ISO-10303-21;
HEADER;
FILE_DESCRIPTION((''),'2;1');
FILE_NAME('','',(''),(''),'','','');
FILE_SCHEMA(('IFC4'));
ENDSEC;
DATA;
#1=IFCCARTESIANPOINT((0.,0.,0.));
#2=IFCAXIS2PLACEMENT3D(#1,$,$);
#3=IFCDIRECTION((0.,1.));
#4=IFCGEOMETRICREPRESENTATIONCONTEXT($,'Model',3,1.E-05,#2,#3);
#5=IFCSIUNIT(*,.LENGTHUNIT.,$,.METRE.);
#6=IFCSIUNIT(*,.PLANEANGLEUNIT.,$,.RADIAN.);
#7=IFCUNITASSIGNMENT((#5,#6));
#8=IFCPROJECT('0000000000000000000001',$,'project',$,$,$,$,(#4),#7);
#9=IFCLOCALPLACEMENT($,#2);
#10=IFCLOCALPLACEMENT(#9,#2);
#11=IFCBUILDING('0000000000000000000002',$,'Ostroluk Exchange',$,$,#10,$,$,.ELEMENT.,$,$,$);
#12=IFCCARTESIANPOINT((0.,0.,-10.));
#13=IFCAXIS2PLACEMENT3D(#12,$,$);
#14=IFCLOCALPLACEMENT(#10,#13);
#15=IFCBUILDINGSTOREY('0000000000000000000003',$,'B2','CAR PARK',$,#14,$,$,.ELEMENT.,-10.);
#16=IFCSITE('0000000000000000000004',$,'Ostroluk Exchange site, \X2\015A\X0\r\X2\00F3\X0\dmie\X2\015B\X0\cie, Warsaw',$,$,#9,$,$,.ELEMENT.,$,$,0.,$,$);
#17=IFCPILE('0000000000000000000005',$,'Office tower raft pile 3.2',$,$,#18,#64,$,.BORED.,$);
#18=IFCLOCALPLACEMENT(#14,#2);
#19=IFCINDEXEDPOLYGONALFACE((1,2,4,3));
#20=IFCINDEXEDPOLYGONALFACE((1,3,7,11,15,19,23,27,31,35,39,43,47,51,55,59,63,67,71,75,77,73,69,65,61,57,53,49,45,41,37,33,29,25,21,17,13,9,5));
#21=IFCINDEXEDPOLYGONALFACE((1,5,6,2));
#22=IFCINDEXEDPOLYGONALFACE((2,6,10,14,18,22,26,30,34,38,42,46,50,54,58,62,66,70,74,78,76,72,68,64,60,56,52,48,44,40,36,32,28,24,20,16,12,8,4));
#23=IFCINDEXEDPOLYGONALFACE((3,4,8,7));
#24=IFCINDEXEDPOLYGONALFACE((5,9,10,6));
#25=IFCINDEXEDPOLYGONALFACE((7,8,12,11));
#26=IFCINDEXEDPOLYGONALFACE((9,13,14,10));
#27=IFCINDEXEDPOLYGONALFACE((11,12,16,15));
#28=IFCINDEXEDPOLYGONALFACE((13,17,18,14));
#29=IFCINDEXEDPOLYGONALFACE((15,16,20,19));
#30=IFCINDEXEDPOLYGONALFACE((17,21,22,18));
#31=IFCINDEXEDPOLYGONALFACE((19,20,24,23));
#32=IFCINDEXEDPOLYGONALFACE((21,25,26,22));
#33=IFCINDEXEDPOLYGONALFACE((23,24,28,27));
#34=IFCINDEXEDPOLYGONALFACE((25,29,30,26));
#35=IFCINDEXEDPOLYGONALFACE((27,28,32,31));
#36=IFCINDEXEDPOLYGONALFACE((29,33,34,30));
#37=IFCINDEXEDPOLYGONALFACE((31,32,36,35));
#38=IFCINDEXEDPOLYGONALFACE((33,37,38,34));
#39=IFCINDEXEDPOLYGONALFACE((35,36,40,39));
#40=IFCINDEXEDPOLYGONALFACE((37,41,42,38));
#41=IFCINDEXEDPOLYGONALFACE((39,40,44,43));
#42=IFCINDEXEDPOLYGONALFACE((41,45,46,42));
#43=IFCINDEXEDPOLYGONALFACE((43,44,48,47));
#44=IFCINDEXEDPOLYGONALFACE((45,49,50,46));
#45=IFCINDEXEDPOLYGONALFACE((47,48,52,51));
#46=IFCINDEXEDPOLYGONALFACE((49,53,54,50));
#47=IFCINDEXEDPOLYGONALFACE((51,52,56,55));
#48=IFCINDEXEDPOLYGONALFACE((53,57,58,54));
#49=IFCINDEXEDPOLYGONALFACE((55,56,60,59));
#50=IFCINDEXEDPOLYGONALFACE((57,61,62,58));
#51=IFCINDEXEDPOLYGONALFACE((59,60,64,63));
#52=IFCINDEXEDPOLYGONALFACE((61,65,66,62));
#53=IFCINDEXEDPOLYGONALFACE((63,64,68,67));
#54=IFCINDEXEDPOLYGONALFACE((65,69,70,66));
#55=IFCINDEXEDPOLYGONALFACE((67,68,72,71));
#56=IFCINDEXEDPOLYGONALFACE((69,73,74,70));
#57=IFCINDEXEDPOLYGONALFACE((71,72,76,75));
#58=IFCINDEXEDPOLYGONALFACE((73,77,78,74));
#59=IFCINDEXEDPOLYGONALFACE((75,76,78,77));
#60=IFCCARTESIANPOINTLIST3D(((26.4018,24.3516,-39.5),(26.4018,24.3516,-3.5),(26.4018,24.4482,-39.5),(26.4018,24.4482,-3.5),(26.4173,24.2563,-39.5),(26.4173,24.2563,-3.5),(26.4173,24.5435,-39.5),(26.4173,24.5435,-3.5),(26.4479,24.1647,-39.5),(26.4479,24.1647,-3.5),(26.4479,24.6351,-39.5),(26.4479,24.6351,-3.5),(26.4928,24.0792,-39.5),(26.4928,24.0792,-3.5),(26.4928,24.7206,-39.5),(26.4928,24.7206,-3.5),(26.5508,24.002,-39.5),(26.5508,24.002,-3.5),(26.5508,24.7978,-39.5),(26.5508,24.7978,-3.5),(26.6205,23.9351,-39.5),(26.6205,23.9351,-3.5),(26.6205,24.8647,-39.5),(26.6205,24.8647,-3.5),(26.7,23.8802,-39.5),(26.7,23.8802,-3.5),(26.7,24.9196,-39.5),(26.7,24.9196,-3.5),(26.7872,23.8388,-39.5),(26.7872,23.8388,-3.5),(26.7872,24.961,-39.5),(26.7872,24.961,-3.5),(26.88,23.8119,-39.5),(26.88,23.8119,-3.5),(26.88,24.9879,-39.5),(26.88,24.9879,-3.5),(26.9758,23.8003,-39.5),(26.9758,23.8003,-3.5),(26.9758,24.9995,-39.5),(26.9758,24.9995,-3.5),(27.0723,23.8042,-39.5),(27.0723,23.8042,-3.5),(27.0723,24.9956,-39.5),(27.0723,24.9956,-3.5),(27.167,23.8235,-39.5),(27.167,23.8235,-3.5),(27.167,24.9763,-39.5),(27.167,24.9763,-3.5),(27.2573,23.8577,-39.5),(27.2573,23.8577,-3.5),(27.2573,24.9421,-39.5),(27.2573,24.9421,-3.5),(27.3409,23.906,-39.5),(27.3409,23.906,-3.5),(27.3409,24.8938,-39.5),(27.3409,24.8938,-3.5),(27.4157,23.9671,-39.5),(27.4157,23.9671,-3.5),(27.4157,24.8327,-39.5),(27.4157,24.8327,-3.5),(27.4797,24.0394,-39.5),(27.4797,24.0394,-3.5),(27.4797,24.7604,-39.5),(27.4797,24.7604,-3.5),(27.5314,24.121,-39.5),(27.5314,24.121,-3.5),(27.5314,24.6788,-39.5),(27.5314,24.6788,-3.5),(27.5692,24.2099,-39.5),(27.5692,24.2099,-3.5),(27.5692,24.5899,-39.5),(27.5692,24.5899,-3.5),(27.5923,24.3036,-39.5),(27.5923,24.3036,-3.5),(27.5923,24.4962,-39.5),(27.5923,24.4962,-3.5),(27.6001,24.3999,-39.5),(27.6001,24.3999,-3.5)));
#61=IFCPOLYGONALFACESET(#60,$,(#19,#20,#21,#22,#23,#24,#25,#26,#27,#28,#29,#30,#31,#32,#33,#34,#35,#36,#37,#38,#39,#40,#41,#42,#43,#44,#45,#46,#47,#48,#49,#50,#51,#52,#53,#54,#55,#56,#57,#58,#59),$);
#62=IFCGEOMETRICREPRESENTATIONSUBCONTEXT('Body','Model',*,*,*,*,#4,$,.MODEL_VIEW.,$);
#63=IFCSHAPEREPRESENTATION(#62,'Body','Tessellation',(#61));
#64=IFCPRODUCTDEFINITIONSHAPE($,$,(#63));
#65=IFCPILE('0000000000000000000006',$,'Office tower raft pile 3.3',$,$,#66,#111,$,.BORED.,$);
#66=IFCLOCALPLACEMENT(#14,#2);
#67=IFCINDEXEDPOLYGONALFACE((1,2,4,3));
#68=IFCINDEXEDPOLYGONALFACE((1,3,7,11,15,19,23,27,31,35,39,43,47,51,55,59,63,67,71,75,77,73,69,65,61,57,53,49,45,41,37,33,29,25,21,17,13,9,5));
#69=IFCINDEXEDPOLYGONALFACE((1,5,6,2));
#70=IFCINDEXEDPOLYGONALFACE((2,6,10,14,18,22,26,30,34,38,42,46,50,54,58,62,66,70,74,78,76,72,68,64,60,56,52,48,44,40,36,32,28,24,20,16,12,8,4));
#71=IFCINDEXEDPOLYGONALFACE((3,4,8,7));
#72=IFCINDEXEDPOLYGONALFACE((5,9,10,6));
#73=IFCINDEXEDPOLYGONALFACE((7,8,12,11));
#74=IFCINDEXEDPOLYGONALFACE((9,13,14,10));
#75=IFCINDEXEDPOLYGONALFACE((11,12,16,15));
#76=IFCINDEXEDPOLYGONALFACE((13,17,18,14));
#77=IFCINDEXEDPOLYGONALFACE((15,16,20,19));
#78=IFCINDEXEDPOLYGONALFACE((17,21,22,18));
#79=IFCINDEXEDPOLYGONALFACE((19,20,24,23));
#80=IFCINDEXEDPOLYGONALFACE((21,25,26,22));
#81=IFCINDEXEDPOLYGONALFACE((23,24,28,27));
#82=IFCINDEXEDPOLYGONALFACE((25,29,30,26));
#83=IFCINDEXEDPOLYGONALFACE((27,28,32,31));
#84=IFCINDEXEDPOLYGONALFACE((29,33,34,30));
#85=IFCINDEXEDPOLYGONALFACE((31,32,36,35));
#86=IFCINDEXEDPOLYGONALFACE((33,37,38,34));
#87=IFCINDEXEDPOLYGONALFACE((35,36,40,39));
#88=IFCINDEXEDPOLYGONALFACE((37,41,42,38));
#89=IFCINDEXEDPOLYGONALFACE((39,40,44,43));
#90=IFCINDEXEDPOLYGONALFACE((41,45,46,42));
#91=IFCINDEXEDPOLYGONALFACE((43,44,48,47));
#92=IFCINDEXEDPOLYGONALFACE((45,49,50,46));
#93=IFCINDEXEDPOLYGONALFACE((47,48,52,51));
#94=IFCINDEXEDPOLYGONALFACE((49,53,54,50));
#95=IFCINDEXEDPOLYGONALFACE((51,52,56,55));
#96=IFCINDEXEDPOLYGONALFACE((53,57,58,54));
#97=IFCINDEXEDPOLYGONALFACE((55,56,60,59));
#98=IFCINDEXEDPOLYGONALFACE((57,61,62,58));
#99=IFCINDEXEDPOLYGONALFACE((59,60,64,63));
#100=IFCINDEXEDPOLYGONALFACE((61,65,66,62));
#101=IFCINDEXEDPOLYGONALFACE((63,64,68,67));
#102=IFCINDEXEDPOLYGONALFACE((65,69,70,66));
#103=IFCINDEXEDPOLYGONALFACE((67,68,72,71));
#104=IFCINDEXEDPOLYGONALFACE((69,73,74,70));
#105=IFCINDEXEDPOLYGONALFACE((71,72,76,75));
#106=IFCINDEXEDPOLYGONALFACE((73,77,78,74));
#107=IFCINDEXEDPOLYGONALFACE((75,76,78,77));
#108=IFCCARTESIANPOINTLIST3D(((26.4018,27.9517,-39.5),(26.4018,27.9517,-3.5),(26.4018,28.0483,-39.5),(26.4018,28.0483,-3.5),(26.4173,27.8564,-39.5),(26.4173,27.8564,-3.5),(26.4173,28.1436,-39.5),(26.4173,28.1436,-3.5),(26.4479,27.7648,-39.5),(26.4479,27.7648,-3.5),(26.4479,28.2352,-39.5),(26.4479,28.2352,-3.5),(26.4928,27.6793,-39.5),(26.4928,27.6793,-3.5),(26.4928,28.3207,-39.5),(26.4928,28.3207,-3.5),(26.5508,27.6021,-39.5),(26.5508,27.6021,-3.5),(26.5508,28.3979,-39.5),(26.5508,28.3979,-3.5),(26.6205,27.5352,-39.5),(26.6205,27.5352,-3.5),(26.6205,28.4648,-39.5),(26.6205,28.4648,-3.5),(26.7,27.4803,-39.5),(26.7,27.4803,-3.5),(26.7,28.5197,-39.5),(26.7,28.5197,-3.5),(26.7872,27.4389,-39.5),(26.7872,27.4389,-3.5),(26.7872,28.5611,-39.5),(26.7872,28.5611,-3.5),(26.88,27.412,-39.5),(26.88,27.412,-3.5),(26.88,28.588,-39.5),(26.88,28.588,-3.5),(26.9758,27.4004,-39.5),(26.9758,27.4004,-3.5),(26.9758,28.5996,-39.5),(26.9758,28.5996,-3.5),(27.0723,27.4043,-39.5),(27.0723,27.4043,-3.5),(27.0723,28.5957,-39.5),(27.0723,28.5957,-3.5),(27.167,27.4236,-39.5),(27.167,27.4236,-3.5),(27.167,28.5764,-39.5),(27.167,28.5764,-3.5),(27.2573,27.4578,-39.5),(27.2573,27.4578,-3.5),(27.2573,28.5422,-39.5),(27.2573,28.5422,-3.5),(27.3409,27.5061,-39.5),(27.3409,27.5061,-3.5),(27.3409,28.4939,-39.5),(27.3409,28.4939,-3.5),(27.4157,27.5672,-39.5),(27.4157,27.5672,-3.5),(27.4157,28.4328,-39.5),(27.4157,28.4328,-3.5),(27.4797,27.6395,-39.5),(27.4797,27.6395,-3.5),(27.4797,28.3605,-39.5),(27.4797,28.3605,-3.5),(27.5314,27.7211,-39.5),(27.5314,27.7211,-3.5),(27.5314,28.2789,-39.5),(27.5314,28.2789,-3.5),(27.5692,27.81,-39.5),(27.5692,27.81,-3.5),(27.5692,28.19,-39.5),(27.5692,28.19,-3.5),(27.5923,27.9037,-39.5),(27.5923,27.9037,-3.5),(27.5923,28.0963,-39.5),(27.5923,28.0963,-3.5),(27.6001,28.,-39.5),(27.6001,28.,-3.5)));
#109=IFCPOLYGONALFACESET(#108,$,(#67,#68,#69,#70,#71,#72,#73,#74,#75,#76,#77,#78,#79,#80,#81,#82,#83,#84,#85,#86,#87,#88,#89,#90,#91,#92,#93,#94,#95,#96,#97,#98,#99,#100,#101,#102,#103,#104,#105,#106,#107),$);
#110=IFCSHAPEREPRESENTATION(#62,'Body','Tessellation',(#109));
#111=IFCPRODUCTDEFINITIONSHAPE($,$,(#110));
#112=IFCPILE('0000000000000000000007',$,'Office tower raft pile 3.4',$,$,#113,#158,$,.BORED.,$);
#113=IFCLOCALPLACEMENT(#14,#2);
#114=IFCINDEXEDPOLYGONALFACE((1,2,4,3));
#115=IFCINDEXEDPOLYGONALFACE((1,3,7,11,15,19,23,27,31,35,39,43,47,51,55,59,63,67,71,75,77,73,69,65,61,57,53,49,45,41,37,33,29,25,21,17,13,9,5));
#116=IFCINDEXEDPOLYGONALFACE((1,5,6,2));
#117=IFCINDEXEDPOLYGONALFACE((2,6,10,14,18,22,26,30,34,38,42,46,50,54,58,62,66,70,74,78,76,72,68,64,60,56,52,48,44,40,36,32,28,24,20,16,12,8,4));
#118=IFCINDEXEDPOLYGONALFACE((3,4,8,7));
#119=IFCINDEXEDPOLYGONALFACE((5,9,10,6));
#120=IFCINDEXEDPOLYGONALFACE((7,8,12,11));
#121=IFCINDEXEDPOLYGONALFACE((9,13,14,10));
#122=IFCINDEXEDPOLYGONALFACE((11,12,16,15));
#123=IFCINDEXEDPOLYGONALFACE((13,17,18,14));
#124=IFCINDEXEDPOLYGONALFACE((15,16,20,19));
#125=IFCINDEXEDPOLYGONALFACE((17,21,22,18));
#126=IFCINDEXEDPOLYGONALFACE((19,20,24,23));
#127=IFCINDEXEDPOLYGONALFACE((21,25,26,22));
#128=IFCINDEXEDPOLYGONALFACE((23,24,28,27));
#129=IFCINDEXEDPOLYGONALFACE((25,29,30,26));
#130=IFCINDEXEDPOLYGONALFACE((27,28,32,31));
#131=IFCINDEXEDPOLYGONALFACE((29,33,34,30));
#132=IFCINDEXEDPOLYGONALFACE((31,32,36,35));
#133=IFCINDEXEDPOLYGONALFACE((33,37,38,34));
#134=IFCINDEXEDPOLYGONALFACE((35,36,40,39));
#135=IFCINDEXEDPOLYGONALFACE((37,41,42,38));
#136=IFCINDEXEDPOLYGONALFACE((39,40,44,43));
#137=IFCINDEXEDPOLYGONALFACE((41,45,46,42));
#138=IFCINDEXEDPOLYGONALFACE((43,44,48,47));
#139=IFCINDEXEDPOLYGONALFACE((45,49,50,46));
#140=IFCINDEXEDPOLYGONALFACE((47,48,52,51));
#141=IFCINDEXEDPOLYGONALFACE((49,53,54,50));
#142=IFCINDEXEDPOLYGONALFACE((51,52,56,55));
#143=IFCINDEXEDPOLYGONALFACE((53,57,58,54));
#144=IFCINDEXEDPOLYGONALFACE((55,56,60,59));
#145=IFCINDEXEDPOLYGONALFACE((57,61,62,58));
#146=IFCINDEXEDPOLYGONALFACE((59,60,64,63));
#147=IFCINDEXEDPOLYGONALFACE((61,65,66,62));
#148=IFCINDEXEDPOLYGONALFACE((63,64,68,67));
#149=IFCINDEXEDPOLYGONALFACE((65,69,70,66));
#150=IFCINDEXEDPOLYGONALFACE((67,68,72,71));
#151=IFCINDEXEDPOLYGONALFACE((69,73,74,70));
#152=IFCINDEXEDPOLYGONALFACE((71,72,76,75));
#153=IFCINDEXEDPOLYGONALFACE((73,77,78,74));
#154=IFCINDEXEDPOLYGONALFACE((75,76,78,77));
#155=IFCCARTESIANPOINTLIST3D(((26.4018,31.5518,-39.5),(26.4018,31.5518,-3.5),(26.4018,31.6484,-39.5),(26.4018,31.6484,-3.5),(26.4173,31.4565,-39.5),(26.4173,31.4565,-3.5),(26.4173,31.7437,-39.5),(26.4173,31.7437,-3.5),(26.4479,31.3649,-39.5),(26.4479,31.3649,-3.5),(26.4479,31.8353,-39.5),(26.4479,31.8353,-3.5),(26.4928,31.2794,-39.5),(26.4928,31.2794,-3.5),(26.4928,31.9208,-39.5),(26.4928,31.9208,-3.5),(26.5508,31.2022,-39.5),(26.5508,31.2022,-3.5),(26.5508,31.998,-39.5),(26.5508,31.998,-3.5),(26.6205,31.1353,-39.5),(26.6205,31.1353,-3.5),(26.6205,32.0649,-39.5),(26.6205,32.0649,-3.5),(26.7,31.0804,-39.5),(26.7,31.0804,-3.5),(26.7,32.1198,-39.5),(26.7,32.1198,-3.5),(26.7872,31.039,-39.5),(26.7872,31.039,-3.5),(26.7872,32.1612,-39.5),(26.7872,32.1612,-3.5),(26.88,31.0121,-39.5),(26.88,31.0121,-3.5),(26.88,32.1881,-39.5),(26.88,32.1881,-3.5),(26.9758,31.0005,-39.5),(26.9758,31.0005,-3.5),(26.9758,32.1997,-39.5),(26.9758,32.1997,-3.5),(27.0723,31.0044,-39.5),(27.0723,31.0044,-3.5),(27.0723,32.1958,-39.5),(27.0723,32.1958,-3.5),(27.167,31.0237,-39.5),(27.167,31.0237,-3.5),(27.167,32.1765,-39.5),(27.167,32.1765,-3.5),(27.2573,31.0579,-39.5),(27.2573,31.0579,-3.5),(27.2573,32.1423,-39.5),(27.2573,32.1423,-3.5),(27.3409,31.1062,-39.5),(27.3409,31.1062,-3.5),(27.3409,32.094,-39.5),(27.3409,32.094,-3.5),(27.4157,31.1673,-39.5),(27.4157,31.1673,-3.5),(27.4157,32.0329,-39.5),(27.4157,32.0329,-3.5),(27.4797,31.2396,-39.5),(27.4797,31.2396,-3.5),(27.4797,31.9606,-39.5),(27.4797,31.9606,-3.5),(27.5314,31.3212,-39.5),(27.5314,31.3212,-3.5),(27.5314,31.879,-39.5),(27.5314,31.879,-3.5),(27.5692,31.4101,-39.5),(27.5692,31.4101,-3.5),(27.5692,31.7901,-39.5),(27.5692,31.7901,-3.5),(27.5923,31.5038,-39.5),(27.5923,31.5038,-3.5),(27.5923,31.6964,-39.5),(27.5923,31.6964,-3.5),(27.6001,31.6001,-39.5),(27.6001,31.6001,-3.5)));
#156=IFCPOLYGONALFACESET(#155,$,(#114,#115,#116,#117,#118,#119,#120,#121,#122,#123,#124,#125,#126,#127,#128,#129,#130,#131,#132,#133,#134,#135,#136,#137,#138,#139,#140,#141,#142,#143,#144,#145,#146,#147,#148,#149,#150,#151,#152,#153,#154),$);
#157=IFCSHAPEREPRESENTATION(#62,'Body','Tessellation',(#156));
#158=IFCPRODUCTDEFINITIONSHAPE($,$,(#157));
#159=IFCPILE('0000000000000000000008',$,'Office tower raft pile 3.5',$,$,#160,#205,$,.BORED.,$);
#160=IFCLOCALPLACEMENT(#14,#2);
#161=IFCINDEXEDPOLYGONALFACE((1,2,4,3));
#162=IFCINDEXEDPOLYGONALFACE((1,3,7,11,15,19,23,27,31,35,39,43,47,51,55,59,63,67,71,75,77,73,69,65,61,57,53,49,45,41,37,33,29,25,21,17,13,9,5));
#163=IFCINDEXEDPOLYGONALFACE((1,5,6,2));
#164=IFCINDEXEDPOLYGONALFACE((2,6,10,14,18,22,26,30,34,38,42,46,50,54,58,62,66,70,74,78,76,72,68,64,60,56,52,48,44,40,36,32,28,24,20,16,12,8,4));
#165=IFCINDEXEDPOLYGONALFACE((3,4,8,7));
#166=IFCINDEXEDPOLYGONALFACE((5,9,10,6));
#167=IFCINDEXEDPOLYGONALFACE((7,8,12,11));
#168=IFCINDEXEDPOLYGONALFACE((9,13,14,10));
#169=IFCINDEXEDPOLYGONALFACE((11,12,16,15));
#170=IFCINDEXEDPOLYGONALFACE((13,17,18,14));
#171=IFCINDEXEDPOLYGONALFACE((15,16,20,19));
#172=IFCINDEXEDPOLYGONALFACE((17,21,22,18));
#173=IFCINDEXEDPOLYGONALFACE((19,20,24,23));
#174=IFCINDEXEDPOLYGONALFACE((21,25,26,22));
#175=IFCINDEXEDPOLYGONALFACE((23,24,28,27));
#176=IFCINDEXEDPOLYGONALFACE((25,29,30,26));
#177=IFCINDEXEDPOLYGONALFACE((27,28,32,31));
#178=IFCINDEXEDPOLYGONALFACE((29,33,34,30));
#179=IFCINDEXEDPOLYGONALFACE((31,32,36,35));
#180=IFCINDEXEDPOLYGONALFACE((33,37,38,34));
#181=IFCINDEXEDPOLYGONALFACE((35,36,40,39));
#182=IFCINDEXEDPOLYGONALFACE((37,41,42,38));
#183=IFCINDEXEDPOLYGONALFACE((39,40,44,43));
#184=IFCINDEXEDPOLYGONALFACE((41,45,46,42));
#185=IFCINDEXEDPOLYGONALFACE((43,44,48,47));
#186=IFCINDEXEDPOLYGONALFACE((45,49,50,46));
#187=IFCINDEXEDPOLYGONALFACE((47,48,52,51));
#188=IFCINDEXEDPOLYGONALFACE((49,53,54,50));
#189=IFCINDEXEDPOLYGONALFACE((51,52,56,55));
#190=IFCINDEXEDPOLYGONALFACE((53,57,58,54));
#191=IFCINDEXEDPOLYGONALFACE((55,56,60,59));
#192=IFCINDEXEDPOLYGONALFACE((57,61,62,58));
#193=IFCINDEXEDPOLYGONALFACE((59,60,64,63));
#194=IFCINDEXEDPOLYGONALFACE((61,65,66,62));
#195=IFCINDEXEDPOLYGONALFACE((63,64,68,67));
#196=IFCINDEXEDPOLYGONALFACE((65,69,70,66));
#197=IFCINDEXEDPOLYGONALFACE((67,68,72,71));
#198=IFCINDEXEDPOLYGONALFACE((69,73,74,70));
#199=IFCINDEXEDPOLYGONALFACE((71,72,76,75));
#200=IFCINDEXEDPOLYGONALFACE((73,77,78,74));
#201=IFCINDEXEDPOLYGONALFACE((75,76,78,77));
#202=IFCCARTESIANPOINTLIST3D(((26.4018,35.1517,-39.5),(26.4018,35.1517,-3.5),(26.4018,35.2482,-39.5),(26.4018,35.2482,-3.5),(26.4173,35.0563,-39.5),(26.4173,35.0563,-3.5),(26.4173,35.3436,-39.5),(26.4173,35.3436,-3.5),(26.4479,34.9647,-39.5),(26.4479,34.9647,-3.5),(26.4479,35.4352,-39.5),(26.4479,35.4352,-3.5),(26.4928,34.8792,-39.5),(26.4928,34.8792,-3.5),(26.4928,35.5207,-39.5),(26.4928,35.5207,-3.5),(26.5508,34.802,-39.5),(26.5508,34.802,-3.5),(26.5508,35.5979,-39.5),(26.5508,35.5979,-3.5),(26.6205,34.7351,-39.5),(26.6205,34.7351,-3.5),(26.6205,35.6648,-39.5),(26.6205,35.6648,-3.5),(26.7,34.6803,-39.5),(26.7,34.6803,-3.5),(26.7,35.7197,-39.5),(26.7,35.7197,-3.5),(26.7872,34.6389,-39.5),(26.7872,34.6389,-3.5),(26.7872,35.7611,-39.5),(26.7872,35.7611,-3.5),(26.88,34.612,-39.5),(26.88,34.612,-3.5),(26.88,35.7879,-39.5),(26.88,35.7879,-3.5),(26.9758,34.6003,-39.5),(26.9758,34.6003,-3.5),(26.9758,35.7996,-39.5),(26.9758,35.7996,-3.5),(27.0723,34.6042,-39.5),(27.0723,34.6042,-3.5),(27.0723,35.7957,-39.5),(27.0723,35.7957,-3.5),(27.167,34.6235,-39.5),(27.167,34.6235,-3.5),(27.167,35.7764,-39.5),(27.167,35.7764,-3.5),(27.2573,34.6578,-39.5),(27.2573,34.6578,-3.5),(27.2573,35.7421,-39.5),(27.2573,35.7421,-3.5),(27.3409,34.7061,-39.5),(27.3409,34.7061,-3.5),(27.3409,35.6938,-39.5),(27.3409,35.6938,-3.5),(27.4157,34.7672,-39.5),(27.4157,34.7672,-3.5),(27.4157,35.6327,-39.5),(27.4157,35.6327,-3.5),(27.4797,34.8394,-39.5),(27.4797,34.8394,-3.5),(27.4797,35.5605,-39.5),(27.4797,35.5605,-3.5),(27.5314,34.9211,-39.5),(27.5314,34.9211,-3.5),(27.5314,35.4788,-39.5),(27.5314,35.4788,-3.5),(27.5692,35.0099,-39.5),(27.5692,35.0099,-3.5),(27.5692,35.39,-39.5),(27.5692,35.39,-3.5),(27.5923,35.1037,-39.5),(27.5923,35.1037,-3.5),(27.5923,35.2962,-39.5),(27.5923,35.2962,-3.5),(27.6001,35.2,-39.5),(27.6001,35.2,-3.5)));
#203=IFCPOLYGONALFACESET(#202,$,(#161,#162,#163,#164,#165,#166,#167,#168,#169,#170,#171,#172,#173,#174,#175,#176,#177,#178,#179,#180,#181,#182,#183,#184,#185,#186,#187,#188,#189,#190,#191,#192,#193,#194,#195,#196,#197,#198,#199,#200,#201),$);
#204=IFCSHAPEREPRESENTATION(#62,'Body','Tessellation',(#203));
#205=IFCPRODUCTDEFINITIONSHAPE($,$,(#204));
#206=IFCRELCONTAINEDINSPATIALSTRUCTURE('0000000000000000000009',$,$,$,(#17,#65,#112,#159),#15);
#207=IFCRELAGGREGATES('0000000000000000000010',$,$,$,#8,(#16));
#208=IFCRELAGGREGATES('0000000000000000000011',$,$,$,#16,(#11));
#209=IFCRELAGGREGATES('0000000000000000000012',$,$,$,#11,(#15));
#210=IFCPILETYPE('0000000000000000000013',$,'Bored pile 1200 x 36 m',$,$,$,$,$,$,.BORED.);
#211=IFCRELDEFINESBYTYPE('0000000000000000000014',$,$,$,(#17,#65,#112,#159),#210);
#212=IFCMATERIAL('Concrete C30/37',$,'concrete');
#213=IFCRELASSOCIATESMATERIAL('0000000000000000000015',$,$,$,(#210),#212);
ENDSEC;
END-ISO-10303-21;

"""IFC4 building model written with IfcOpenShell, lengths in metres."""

from ifc_helpers import new_model, si_unit, direction, frame, origin, origin_2d, place, context, subcontext, project, spatial, circle, extrude, material, type_object, element, save


model = new_model("IFC4")

# Units and contexts
model_context = context("Model", 3, precision=1e-05, world=origin(), true_north=direction((0.0, 1.0)))
body_context = subcontext(model_context, "Body", "Model", "MODEL_VIEW")
ifc_project = project(units=[si_unit("LENGTHUNIT", "METRE"), si_unit("PLANEANGLEUNIT", "RADIAN")], contexts=[model_context])

# Site, building, storey
site_placement = place(None, origin())
site = spatial("IfcSite", under=ifc_project, at=site_placement, Name="Ostroluk Exchange site, Śródmieście, Warsaw", CompositionType="ELEMENT", RefElevation=0.0)
building_placement = place(site_placement, origin())
building = spatial("IfcBuilding", under=site, at=building_placement, Name="Ostroluk Exchange", CompositionType="ELEMENT")
storey_placement = place(building_placement, frame((0.0, 0.0, -10.0)))
storey = spatial("IfcBuildingStorey", under=building, at=storey_placement, Name="B2", Description="CAR PARK", CompositionType="ELEMENT", Elevation=-10.0)

# Piles
ifc_material_1 = material(Name="Concrete C30/37", Category="concrete")
pile_type = type_object("IfcPileType", Name="Bored pile 1200 x 36 m", PredefinedType="BORED", material=ifc_material_1)
for number, where, z_axis, x_axis, name in (
    (1, (27.0, 24.3999, -3.5), (0.0, 0.0, -1.0), (1.0, 0.0, 0.0), "Office tower raft pile 3.2"),
    (2, (27.0, 28.0, -3.5), (0.0, 0.0, -1.0), (1.0, 0.0, 0.0), "Office tower raft pile 3.3"),
    (3, (27.0, 31.6001, -3.5), (0.0, 0.0, -1.0), (1.0, 0.0, 0.0), "Office tower raft pile 3.4"),
    (4, (27.0, 35.2, -3.5), (0.0, 0.0, -1.0), (1.0, 0.0, 0.0), "Office tower raft pile 3.5"),
):
    element("IfcPile", number, at=place(storey_placement, frame(where, z_axis=z_axis, x_axis=x_axis)), inside=storey, type_object=pile_type, Name=name, PredefinedType="BORED", context=body_context, shape_type="SweptSolid", body=[
        extrude(circle(Radius=0.6001, at=origin_2d()), origin(), (0.0, 0.0, 1.0), 36.0),
    ])

save(model, "model.ifc")
